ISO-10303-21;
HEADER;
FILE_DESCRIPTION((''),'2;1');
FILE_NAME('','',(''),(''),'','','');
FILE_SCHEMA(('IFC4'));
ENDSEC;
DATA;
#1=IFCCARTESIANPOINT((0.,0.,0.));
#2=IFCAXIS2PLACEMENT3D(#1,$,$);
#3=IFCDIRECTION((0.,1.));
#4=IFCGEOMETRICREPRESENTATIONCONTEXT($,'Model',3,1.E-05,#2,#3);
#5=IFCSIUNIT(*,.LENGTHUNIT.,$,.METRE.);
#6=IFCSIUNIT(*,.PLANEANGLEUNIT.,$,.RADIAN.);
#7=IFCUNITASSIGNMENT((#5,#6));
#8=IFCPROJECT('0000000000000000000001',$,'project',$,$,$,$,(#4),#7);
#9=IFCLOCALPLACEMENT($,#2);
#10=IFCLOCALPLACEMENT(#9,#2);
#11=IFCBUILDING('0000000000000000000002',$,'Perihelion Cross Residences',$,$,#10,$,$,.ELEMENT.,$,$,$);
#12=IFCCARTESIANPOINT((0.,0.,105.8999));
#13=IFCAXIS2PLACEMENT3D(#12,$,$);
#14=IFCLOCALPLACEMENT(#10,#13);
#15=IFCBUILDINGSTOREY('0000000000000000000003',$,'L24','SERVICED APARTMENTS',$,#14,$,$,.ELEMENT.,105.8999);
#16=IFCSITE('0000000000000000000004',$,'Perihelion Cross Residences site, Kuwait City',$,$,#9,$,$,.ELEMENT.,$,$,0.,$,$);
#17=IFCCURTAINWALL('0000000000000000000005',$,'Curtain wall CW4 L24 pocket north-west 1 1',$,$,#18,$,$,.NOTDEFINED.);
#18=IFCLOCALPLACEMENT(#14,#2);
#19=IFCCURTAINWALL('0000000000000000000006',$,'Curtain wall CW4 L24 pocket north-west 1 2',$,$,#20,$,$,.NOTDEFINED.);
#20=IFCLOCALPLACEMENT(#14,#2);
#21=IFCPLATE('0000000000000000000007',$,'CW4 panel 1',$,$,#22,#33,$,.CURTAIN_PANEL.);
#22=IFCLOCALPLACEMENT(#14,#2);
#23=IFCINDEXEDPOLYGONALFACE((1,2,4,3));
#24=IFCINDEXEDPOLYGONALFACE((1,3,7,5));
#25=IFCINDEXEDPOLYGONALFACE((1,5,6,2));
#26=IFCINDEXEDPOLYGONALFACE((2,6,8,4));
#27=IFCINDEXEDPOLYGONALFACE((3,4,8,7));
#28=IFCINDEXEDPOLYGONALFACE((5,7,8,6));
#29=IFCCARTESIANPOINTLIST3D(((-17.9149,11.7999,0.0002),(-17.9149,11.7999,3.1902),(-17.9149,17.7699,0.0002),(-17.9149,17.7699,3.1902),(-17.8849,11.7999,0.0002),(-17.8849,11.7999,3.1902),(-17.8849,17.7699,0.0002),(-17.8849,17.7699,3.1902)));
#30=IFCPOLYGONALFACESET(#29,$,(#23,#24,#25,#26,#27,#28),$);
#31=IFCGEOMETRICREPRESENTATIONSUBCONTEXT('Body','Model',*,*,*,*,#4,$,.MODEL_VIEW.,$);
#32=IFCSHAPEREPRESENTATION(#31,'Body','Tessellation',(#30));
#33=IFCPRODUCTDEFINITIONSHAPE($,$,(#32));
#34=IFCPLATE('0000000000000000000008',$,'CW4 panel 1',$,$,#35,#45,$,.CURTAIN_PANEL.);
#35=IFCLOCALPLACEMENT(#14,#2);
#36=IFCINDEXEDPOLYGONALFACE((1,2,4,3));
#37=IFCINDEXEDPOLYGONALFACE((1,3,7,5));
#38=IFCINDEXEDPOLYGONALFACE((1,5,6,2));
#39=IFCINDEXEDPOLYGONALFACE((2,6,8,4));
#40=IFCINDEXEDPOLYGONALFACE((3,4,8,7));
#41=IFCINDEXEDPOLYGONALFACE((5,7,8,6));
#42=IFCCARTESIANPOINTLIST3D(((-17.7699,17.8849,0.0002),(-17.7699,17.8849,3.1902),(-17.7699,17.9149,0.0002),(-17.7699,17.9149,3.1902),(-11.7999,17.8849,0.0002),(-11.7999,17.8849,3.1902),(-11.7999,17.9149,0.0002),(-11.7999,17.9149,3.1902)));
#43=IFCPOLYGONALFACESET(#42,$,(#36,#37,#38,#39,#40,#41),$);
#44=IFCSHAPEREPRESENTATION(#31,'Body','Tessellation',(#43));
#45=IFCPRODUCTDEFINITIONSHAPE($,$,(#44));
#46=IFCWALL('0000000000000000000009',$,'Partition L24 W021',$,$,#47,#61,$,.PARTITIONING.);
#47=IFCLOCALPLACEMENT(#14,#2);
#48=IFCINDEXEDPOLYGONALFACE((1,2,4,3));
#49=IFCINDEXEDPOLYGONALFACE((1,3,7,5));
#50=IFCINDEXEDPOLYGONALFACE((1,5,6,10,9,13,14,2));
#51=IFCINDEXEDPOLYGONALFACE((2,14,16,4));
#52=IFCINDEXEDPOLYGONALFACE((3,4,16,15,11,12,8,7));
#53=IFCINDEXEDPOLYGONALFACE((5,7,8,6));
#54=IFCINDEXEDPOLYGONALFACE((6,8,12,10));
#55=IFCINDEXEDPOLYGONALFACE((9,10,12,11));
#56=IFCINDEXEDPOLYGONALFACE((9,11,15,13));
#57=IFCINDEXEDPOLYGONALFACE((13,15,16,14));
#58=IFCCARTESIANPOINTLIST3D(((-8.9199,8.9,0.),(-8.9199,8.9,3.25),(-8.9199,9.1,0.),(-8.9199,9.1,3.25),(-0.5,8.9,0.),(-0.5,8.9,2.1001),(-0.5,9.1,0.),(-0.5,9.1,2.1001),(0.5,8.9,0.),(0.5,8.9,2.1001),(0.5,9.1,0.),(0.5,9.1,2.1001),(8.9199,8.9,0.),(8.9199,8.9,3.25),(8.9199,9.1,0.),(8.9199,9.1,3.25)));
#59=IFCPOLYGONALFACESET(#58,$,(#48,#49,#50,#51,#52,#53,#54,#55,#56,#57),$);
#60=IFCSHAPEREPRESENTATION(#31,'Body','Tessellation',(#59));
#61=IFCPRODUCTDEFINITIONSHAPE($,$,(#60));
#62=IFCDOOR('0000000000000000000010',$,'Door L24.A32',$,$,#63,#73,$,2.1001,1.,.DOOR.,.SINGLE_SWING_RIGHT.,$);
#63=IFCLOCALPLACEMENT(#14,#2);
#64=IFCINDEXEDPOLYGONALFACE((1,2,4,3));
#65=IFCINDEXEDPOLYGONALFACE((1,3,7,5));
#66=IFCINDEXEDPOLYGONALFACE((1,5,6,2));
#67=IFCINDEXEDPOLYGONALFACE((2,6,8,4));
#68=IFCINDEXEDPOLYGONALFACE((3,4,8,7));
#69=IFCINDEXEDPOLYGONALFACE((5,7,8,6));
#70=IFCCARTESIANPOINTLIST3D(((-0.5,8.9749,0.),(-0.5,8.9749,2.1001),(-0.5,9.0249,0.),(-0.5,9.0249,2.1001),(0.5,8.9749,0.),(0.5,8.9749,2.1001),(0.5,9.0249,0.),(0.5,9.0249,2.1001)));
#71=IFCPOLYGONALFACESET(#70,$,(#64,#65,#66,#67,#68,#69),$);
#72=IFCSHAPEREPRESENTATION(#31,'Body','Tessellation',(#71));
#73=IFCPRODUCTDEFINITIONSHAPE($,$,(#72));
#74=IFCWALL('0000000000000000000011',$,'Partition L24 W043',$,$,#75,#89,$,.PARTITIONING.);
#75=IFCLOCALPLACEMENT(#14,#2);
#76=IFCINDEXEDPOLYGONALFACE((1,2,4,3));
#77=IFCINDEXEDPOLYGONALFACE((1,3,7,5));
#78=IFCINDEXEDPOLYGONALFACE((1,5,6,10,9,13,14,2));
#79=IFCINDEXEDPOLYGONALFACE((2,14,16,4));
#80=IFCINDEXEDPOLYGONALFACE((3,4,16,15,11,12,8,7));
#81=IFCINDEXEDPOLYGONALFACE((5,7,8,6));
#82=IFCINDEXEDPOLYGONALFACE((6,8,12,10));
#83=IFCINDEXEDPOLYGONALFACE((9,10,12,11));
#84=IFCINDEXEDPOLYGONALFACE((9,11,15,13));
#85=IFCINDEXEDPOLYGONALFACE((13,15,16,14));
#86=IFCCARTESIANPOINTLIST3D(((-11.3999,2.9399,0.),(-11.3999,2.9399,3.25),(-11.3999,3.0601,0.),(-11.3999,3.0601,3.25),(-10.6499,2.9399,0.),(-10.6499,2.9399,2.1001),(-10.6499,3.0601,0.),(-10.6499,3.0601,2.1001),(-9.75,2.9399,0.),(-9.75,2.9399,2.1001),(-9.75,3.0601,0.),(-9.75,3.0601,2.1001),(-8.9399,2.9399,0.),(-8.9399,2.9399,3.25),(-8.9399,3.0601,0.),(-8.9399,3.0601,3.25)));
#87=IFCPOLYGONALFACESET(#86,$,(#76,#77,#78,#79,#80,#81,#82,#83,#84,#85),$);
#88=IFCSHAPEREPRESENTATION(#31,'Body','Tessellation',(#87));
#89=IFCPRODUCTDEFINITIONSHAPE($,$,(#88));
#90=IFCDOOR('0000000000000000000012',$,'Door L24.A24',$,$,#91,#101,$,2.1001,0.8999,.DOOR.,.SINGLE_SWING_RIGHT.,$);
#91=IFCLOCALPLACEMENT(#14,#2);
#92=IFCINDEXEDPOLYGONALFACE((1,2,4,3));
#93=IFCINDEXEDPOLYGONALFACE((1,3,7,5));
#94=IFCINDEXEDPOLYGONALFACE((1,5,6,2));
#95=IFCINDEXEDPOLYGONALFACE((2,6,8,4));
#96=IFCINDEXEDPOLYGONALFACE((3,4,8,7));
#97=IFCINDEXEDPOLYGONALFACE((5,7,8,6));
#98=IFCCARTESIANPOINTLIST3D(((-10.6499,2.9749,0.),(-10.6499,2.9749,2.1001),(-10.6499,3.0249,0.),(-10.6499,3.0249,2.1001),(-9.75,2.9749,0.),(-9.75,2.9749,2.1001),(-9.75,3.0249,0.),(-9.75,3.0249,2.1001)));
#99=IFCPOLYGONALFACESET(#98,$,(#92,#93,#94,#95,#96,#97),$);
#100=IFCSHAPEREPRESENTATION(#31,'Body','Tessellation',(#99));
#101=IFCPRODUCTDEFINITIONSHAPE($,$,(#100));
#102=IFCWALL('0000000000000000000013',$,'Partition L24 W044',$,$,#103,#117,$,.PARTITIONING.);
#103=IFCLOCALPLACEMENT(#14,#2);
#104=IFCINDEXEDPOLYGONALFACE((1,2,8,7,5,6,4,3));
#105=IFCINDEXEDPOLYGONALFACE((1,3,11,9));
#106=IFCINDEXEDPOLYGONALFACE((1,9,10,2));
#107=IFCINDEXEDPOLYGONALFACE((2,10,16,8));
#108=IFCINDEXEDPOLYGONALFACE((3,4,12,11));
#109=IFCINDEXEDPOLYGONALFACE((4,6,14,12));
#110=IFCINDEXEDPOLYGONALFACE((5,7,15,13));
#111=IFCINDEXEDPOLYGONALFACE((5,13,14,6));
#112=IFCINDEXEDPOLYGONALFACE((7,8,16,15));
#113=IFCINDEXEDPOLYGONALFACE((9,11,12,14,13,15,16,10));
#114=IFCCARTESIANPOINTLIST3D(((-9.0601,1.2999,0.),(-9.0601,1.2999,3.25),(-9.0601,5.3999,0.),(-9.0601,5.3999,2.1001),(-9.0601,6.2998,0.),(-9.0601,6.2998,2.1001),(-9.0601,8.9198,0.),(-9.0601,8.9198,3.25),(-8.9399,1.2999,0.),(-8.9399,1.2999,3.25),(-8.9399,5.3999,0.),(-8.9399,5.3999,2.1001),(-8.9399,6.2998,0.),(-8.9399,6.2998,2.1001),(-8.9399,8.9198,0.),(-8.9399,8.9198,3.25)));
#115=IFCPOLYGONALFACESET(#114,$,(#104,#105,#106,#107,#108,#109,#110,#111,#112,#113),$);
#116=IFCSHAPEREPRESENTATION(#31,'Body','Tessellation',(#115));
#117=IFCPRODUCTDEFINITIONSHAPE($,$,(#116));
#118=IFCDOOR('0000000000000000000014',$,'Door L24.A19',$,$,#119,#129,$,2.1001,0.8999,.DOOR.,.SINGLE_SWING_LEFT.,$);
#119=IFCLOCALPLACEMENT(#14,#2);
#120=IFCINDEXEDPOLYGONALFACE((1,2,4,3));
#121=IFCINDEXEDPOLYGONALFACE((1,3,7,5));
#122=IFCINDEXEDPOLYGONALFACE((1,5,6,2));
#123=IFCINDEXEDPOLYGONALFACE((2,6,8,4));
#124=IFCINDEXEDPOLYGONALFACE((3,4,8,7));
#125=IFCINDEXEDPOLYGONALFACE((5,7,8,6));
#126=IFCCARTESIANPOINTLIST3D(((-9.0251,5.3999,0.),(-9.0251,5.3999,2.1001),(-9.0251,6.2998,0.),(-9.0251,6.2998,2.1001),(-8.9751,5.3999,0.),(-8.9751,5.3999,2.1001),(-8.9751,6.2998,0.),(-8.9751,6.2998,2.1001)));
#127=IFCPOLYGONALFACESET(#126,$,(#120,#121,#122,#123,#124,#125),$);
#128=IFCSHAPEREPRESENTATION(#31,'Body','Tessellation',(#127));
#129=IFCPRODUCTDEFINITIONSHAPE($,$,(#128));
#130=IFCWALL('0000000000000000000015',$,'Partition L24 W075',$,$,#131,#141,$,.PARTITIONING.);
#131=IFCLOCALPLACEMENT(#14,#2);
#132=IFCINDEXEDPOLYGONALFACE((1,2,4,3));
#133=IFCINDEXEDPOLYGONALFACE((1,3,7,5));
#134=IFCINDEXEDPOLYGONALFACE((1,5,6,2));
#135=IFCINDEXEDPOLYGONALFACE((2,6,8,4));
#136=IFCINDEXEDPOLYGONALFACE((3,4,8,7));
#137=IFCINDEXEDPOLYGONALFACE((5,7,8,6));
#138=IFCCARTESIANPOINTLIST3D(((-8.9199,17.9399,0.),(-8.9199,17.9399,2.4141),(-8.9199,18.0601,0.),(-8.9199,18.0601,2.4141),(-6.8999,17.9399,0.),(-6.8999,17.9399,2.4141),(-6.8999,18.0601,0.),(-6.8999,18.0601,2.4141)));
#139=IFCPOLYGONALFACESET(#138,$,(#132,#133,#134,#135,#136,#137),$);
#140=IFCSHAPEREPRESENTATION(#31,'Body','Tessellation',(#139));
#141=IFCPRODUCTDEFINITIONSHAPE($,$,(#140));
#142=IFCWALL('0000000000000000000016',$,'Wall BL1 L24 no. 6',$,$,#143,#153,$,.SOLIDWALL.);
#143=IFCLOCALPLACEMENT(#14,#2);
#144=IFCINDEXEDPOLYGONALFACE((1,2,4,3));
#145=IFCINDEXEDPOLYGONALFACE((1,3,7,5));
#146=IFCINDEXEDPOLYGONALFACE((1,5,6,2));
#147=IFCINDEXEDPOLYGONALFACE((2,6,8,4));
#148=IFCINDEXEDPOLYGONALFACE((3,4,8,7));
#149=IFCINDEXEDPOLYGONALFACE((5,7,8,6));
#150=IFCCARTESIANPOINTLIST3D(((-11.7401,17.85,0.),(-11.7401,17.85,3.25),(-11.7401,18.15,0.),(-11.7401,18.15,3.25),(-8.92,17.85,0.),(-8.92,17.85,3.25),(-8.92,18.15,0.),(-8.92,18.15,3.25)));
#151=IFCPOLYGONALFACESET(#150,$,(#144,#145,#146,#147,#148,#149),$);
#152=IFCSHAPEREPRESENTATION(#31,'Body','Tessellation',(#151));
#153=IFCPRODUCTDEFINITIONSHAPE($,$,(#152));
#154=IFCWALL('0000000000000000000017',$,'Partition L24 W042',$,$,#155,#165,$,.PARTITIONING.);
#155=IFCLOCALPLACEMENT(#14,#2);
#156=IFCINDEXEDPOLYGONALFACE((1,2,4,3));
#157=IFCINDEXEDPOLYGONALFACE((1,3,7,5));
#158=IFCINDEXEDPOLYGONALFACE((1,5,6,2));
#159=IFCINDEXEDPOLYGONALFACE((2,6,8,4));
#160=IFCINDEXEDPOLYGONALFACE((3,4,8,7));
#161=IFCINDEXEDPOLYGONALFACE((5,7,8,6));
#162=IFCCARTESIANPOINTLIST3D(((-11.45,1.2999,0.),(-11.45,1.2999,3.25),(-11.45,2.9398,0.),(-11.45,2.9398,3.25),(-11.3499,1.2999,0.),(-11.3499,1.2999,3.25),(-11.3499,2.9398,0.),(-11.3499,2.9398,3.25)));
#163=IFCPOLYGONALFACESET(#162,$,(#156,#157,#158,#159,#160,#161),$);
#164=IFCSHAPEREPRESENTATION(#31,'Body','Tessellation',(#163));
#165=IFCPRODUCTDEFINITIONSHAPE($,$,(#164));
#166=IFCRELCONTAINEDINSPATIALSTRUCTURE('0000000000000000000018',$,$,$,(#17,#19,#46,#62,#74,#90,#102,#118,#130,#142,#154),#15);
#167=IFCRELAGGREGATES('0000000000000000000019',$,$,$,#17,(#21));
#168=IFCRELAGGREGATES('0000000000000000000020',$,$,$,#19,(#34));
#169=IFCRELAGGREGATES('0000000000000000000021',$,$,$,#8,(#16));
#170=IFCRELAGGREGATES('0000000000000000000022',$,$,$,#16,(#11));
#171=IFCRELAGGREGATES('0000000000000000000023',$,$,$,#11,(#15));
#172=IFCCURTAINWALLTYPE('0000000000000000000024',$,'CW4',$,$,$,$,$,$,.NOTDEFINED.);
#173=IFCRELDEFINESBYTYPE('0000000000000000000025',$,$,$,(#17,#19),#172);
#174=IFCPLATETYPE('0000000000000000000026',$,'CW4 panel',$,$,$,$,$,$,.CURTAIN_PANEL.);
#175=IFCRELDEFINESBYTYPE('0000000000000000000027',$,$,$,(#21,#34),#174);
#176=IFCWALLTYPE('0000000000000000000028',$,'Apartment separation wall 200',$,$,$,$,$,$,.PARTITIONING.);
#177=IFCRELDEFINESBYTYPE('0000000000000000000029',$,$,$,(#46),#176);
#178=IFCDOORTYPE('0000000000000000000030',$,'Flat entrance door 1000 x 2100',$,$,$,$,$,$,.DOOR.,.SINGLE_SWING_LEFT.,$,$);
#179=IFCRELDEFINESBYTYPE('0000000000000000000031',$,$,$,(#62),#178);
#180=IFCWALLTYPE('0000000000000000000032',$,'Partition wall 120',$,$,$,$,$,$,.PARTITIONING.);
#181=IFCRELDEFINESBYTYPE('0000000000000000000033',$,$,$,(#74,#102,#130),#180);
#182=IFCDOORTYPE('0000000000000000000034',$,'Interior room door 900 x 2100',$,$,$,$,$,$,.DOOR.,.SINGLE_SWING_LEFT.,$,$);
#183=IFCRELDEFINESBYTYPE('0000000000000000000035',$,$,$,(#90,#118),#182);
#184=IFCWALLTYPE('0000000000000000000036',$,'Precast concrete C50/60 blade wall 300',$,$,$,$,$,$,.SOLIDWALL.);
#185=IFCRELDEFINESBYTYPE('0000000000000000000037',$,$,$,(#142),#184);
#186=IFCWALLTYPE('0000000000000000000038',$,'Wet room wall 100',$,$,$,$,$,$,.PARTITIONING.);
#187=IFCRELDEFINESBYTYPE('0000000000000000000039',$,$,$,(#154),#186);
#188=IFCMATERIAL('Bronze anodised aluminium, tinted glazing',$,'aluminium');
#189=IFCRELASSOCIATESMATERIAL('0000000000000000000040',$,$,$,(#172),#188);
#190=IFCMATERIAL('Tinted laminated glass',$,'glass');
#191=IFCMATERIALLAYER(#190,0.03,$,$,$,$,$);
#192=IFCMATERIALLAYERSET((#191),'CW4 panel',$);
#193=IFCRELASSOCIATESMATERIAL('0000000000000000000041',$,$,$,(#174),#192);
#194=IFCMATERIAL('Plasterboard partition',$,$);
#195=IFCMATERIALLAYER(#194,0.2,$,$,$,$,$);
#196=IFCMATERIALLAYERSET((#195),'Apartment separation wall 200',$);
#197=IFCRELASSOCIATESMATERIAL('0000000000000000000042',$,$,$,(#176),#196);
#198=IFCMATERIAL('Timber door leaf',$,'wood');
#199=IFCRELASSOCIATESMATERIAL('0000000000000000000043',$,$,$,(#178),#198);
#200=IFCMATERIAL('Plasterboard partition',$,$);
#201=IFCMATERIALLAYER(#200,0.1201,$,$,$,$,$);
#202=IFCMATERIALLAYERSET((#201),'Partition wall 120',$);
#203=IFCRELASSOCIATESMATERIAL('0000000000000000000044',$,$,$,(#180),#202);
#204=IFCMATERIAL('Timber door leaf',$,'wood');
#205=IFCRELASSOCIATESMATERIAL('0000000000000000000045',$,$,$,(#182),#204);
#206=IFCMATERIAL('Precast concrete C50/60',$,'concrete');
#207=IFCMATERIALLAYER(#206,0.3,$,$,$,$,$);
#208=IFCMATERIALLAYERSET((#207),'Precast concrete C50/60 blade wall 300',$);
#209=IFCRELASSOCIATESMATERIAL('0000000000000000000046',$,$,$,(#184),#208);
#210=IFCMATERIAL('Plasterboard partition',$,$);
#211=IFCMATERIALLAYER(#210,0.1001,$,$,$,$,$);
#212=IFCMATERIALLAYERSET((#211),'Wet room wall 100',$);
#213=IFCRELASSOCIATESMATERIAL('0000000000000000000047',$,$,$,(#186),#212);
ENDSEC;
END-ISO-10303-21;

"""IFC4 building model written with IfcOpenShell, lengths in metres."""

from ifc_helpers import new_model, si_unit, direction, frame, frame_2d, origin, origin_2d, place, context, subcontext, project, spatial, rectangle, extrude, material, layer, layer_set, type_object, element, fill, aggregate, save


model = new_model("IFC4")

# Units and contexts
model_context = context("Model", 3, precision=1e-05, world=origin(), true_north=direction((0.0, 1.0)))
body_context = subcontext(model_context, "Body", "Model", "MODEL_VIEW")
ifc_project = project(units=[si_unit("LENGTHUNIT", "METRE"), si_unit("PLANEANGLEUNIT", "RADIAN")], contexts=[model_context])

# Site, building, storey
site_placement = place(None, origin())
site = spatial("IfcSite", under=ifc_project, at=site_placement, Name="Perihelion Cross Residences site, Kuwait City", CompositionType="ELEMENT", RefElevation=0.0)
building_placement = place(site_placement, origin())
building = spatial("IfcBuilding", under=site, at=building_placement, Name="Perihelion Cross Residences", CompositionType="ELEMENT")
storey_placement = place(building_placement, frame((0.0, 0.0, 105.8999)))
storey = spatial("IfcBuildingStorey", under=building, at=storey_placement, Name="L24", Description="SERVICED APARTMENTS", CompositionType="ELEMENT", Elevation=105.8999)

# Curtain wall
ifc_material_1 = material(Name="Bronze anodised aluminium, tinted glazing", Category="aluminium")
curtain_wall_type_1 = type_object("IfcCurtainWallType", Name="CW4", PredefinedType="NOTDEFINED", material=ifc_material_1)
curtain_wall_1_placement = place(storey_placement, origin())
curtain_wall_1 = element("IfcCurtainWall", 1, at=curtain_wall_1_placement, inside=storey, type_object=curtain_wall_type_1, Name="Curtain wall CW4 L24 pocket north-west 1 1", PredefinedType="NOTDEFINED")

# Curtain wall
curtain_wall_2_placement = place(storey_placement, origin())
curtain_wall_2 = element("IfcCurtainWall", 2, at=curtain_wall_2_placement, inside=storey, type_object=curtain_wall_type_1, Name="Curtain wall CW4 L24 pocket north-west 1 2", PredefinedType="NOTDEFINED")

# Plates
ifc_material_2 = material(Name="Tinted laminated glass", Category="glass")
ifc_layer_1 = layer(ifc_material_2, 0.03)
ifc_layer_set_1 = layer_set([ifc_layer_1], Name="CW4 panel")
plate_type_1 = type_object("IfcPlateType", Name="CW4 panel", PredefinedType="CURTAIN_PANEL", material=ifc_layer_set_1)
plate_1_placement = place(storey_placement, frame((-17.8999, 14.7849, 0.0002), z_axis=(0.0, 0.0, 1.0), x_axis=(0.0, 1.0, 0.0)))
plate_1 = element("IfcPlate", 3, at=plate_1_placement, type_object=plate_type_1, Name="CW4 panel 1", PredefinedType="CURTAIN_PANEL", context=body_context, shape_type="SweptSolid", body=[
    extrude(rectangle(XDim=5.97, YDim=0.03, at=origin_2d()), origin(), (0.0, 0.0, 1.0), 3.1899),
])
aggregate(curtain_wall_1, [plate_1])
plate_2_placement = place(storey_placement, frame((-14.7849, 17.8999, 0.0002), z_axis=(0.0, 0.0, 1.0), x_axis=(1.0, 0.0, 0.0)))
plate_2 = element("IfcPlate", 4, at=plate_2_placement, type_object=plate_type_1, Name="CW4 panel 1", PredefinedType="CURTAIN_PANEL", context=body_context, shape_type="SweptSolid", body=[
    extrude(rectangle(XDim=5.97, YDim=0.03, at=origin_2d()), origin(), (0.0, 0.0, 1.0), 3.1899),
])
aggregate(curtain_wall_2, [plate_2])

# Walls, openings, doors
ifc_material_3 = material(Name="Plasterboard partition")
ifc_layer_2 = layer(ifc_material_3, 0.2)
ifc_layer_set_2 = layer_set([ifc_layer_2], Name="Apartment separation wall 200")
wall_type_1 = type_object("IfcWallType", Name="Apartment separation wall 200", PredefinedType="PARTITIONING", material=ifc_layer_set_2)
wall_1_placement = place(storey_placement, frame((-8.9199, 9.0, 0.0), z_axis=(0.0, 0.0, 1.0), x_axis=(1.0, 0.0, 0.0)))
wall_1 = element("IfcWall", 5, at=wall_1_placement, inside=storey, type_object=wall_type_1, Name="Partition L24 W021", PredefinedType="PARTITIONING", context=body_context, shape_type="SweptSolid", body=[
    extrude(rectangle(XDim=17.8398, YDim=0.2, at=frame_2d((8.9199, 0.0))), origin(), (0.0, 0.0, 1.0), 3.25),
])
opening_1_placement = place(wall_1_placement, frame((8.4199, 0.0, 0.0)))
opening_1 = element("IfcOpeningElement", 6, at=opening_1_placement, cuts=wall_1, PredefinedType="OPENING", context=body_context, shape_type="SweptSolid", body=[
    extrude(rectangle(XDim=1.0, YDim=2.1001, at=frame_2d((0.5, 1.05))), frame((0.0, 0.1099, 0.0), z_axis=(0.0, -1.0, 0.0), x_axis=(1.0, 0.0, 0.0)), (0.0, 0.0, 1.0), 0.22),
])
ifc_material_4 = material(Name="Timber door leaf", Category="wood")
door_type_1 = type_object("IfcDoorType", Name="Flat entrance door 1000 x 2100", OperationType="SINGLE_SWING_LEFT", PredefinedType="DOOR", material=ifc_material_4)
door_1_placement = place(opening_1_placement, origin())
door_1 = element("IfcDoor", 7, at=door_1_placement, inside=storey, type_object=door_type_1, Name="Door L24.A32", OperationType="SINGLE_SWING_RIGHT", OverallHeight=2.1001, OverallWidth=1.0, PredefinedType="DOOR", context=body_context, shape_type="SweptSolid", body=[
    extrude(rectangle(XDim=1.0, YDim=2.1001, at=frame_2d((0.5, 1.05))), frame((0.0, 0.0249, 0.0), z_axis=(0.0, -1.0, 0.0), x_axis=(1.0, 0.0, 0.0)), (0.0, 0.0, 1.0), 0.05),
])
fill(opening_1, door_1)
ifc_material_5 = material(Name="Plasterboard partition")
ifc_layer_3 = layer(ifc_material_5, 0.1201)
ifc_layer_set_3 = layer_set([ifc_layer_3], Name="Partition wall 120")
wall_type_2 = type_object("IfcWallType", Name="Partition wall 120", PredefinedType="PARTITIONING", material=ifc_layer_set_3)
wall_2_placement = place(storey_placement, frame((-11.3999, 3.0, 0.0), z_axis=(0.0, 0.0, 1.0), x_axis=(1.0, 0.0, 0.0)))
wall_2 = element("IfcWall", 8, at=wall_2_placement, inside=storey, type_object=wall_type_2, Name="Partition L24 W043", PredefinedType="PARTITIONING", context=body_context, shape_type="SweptSolid", body=[
    extrude(rectangle(XDim=2.46, YDim=0.1201, at=frame_2d((1.23, 0.0))), origin(), (0.0, 0.0, 1.0), 3.25),
])
opening_2_placement = place(wall_2_placement, frame((0.75, 0.0, 0.0)))
opening_2 = element("IfcOpeningElement", 9, at=opening_2_placement, cuts=wall_2, PredefinedType="OPENING", context=body_context, shape_type="SweptSolid", body=[
    extrude(rectangle(XDim=0.8999, YDim=2.1001, at=frame_2d((0.45, 1.05))), frame((0.0, 0.0701, 0.0), z_axis=(0.0, -1.0, 0.0), x_axis=(1.0, 0.0, 0.0)), (0.0, 0.0, 1.0), 0.1401),
])
ifc_material_6 = material(Name="Timber door leaf", Category="wood")
door_type_2 = type_object("IfcDoorType", Name="Interior room door 900 x 2100", OperationType="SINGLE_SWING_LEFT", PredefinedType="DOOR", material=ifc_material_6)
door_2_placement = place(opening_2_placement, origin())
door_2 = element("IfcDoor", 10, at=door_2_placement, inside=storey, type_object=door_type_2, Name="Door L24.A24", OperationType="SINGLE_SWING_RIGHT", OverallHeight=2.1001, OverallWidth=0.8999, PredefinedType="DOOR", context=body_context, shape_type="SweptSolid", body=[
    extrude(rectangle(XDim=0.8999, YDim=2.1001, at=frame_2d((0.45, 1.05))), frame((0.0, 0.0249, 0.0), z_axis=(0.0, -1.0, 0.0), x_axis=(1.0, 0.0, 0.0)), (0.0, 0.0, 1.0), 0.05),
])
fill(opening_2, door_2)
wall_3_placement = place(storey_placement, frame((-9.0, 8.9199, 0.0), z_axis=(0.0, 0.0, 1.0), x_axis=(0.0, -1.0, 0.0)))
wall_3 = element("IfcWall", 11, at=wall_3_placement, inside=storey, type_object=wall_type_2, Name="Partition L24 W044", PredefinedType="PARTITIONING", context=body_context, shape_type="SweptSolid", body=[
    extrude(rectangle(XDim=7.6199, YDim=0.1201, at=frame_2d((3.8101, 0.0))), origin(), (0.0, 0.0, 1.0), 3.25),
])
opening_3_placement = place(wall_3_placement, frame((2.6201, 0.0, 0.0)))
opening_3 = element("IfcOpeningElement", 12, at=opening_3_placement, cuts=wall_3, PredefinedType="OPENING", context=body_context, shape_type="SweptSolid", body=[
    extrude(rectangle(XDim=0.8999, YDim=2.1001, at=frame_2d((0.45, 1.05))), frame((0.0, 0.0701, 0.0), z_axis=(0.0, -1.0, 0.0), x_axis=(1.0, 0.0, 0.0)), (0.0, 0.0, 1.0), 0.1401),
])
door_3_placement = place(opening_3_placement, origin())
door_3 = element("IfcDoor", 13, at=door_3_placement, inside=storey, type_object=door_type_2, Name="Door L24.A19", OperationType="SINGLE_SWING_LEFT", OverallHeight=2.1001, OverallWidth=0.8999, PredefinedType="DOOR", context=body_context, shape_type="SweptSolid", body=[
    extrude(rectangle(XDim=0.8999, YDim=2.1001, at=frame_2d((0.45, 1.05))), frame((0.0, 0.0249, 0.0), z_axis=(0.0, -1.0, 0.0), x_axis=(1.0, 0.0, 0.0)), (0.0, 0.0, 1.0), 0.05),
])
fill(opening_3, door_3)

# Walls
wall_4_placement = place(storey_placement, frame((-8.9199, 18.0, 0.0), z_axis=(0.0, 0.0, 1.0), x_axis=(1.0, 0.0, 0.0)))
element("IfcWall", 14, at=wall_4_placement, inside=storey, type_object=wall_type_2, Name="Partition L24 W075", PredefinedType="PARTITIONING", context=body_context, shape_type="SweptSolid", body=[
    extrude(rectangle(XDim=2.02, YDim=0.1201, at=frame_2d((1.01, 0.0))), origin(), (0.0, 0.0, 1.0), 2.4141),
])
ifc_material_7 = material(Name="Precast concrete C50/60", Category="concrete")
ifc_layer_4 = layer(ifc_material_7, 0.3)
ifc_layer_set_4 = layer_set([ifc_layer_4], Name="Precast concrete C50/60 blade wall 300")
wall_type_3 = type_object("IfcWallType", Name="Precast concrete C50/60 blade wall 300", PredefinedType="SOLIDWALL", material=ifc_layer_set_4)
wall_5_placement = place(storey_placement, frame((-8.9199, 18.0, 0.0), z_axis=(0.0, 0.0, 1.0), x_axis=(-1.0, 0.0, 0.0)))
element("IfcWall", 15, at=wall_5_placement, inside=storey, type_object=wall_type_3, Name="Wall BL1 L24 no. 6", PredefinedType="SOLIDWALL", context=body_context, shape_type="SweptSolid", body=[
    extrude(rectangle(XDim=2.8201, YDim=0.3, at=frame_2d((1.4102, 0.0))), origin(), (0.0, 0.0, 1.0), 3.25),
])
ifc_material_8 = material(Name="Plasterboard partition")
ifc_layer_5 = layer(ifc_material_8, 0.1001)
ifc_layer_set_5 = layer_set([ifc_layer_5], Name="Wet room wall 100")
wall_type_4 = type_object("IfcWallType", Name="Wet room wall 100", PredefinedType="PARTITIONING", material=ifc_layer_set_5)
wall_6_placement = place(storey_placement, frame((-11.3999, 1.3, 0.0), z_axis=(0.0, 0.0, 1.0), x_axis=(0.0, 1.0, 0.0)))
element("IfcWall", 16, at=wall_6_placement, inside=storey, type_object=wall_type_4, Name="Partition L24 W042", PredefinedType="PARTITIONING", context=body_context, shape_type="SweptSolid", body=[
    extrude(rectangle(XDim=1.6399, YDim=0.1001, at=frame_2d((0.8198, 0.0))), origin(), (0.0, 0.0, 1.0), 3.25),
])

save(model, "model.ifc")
